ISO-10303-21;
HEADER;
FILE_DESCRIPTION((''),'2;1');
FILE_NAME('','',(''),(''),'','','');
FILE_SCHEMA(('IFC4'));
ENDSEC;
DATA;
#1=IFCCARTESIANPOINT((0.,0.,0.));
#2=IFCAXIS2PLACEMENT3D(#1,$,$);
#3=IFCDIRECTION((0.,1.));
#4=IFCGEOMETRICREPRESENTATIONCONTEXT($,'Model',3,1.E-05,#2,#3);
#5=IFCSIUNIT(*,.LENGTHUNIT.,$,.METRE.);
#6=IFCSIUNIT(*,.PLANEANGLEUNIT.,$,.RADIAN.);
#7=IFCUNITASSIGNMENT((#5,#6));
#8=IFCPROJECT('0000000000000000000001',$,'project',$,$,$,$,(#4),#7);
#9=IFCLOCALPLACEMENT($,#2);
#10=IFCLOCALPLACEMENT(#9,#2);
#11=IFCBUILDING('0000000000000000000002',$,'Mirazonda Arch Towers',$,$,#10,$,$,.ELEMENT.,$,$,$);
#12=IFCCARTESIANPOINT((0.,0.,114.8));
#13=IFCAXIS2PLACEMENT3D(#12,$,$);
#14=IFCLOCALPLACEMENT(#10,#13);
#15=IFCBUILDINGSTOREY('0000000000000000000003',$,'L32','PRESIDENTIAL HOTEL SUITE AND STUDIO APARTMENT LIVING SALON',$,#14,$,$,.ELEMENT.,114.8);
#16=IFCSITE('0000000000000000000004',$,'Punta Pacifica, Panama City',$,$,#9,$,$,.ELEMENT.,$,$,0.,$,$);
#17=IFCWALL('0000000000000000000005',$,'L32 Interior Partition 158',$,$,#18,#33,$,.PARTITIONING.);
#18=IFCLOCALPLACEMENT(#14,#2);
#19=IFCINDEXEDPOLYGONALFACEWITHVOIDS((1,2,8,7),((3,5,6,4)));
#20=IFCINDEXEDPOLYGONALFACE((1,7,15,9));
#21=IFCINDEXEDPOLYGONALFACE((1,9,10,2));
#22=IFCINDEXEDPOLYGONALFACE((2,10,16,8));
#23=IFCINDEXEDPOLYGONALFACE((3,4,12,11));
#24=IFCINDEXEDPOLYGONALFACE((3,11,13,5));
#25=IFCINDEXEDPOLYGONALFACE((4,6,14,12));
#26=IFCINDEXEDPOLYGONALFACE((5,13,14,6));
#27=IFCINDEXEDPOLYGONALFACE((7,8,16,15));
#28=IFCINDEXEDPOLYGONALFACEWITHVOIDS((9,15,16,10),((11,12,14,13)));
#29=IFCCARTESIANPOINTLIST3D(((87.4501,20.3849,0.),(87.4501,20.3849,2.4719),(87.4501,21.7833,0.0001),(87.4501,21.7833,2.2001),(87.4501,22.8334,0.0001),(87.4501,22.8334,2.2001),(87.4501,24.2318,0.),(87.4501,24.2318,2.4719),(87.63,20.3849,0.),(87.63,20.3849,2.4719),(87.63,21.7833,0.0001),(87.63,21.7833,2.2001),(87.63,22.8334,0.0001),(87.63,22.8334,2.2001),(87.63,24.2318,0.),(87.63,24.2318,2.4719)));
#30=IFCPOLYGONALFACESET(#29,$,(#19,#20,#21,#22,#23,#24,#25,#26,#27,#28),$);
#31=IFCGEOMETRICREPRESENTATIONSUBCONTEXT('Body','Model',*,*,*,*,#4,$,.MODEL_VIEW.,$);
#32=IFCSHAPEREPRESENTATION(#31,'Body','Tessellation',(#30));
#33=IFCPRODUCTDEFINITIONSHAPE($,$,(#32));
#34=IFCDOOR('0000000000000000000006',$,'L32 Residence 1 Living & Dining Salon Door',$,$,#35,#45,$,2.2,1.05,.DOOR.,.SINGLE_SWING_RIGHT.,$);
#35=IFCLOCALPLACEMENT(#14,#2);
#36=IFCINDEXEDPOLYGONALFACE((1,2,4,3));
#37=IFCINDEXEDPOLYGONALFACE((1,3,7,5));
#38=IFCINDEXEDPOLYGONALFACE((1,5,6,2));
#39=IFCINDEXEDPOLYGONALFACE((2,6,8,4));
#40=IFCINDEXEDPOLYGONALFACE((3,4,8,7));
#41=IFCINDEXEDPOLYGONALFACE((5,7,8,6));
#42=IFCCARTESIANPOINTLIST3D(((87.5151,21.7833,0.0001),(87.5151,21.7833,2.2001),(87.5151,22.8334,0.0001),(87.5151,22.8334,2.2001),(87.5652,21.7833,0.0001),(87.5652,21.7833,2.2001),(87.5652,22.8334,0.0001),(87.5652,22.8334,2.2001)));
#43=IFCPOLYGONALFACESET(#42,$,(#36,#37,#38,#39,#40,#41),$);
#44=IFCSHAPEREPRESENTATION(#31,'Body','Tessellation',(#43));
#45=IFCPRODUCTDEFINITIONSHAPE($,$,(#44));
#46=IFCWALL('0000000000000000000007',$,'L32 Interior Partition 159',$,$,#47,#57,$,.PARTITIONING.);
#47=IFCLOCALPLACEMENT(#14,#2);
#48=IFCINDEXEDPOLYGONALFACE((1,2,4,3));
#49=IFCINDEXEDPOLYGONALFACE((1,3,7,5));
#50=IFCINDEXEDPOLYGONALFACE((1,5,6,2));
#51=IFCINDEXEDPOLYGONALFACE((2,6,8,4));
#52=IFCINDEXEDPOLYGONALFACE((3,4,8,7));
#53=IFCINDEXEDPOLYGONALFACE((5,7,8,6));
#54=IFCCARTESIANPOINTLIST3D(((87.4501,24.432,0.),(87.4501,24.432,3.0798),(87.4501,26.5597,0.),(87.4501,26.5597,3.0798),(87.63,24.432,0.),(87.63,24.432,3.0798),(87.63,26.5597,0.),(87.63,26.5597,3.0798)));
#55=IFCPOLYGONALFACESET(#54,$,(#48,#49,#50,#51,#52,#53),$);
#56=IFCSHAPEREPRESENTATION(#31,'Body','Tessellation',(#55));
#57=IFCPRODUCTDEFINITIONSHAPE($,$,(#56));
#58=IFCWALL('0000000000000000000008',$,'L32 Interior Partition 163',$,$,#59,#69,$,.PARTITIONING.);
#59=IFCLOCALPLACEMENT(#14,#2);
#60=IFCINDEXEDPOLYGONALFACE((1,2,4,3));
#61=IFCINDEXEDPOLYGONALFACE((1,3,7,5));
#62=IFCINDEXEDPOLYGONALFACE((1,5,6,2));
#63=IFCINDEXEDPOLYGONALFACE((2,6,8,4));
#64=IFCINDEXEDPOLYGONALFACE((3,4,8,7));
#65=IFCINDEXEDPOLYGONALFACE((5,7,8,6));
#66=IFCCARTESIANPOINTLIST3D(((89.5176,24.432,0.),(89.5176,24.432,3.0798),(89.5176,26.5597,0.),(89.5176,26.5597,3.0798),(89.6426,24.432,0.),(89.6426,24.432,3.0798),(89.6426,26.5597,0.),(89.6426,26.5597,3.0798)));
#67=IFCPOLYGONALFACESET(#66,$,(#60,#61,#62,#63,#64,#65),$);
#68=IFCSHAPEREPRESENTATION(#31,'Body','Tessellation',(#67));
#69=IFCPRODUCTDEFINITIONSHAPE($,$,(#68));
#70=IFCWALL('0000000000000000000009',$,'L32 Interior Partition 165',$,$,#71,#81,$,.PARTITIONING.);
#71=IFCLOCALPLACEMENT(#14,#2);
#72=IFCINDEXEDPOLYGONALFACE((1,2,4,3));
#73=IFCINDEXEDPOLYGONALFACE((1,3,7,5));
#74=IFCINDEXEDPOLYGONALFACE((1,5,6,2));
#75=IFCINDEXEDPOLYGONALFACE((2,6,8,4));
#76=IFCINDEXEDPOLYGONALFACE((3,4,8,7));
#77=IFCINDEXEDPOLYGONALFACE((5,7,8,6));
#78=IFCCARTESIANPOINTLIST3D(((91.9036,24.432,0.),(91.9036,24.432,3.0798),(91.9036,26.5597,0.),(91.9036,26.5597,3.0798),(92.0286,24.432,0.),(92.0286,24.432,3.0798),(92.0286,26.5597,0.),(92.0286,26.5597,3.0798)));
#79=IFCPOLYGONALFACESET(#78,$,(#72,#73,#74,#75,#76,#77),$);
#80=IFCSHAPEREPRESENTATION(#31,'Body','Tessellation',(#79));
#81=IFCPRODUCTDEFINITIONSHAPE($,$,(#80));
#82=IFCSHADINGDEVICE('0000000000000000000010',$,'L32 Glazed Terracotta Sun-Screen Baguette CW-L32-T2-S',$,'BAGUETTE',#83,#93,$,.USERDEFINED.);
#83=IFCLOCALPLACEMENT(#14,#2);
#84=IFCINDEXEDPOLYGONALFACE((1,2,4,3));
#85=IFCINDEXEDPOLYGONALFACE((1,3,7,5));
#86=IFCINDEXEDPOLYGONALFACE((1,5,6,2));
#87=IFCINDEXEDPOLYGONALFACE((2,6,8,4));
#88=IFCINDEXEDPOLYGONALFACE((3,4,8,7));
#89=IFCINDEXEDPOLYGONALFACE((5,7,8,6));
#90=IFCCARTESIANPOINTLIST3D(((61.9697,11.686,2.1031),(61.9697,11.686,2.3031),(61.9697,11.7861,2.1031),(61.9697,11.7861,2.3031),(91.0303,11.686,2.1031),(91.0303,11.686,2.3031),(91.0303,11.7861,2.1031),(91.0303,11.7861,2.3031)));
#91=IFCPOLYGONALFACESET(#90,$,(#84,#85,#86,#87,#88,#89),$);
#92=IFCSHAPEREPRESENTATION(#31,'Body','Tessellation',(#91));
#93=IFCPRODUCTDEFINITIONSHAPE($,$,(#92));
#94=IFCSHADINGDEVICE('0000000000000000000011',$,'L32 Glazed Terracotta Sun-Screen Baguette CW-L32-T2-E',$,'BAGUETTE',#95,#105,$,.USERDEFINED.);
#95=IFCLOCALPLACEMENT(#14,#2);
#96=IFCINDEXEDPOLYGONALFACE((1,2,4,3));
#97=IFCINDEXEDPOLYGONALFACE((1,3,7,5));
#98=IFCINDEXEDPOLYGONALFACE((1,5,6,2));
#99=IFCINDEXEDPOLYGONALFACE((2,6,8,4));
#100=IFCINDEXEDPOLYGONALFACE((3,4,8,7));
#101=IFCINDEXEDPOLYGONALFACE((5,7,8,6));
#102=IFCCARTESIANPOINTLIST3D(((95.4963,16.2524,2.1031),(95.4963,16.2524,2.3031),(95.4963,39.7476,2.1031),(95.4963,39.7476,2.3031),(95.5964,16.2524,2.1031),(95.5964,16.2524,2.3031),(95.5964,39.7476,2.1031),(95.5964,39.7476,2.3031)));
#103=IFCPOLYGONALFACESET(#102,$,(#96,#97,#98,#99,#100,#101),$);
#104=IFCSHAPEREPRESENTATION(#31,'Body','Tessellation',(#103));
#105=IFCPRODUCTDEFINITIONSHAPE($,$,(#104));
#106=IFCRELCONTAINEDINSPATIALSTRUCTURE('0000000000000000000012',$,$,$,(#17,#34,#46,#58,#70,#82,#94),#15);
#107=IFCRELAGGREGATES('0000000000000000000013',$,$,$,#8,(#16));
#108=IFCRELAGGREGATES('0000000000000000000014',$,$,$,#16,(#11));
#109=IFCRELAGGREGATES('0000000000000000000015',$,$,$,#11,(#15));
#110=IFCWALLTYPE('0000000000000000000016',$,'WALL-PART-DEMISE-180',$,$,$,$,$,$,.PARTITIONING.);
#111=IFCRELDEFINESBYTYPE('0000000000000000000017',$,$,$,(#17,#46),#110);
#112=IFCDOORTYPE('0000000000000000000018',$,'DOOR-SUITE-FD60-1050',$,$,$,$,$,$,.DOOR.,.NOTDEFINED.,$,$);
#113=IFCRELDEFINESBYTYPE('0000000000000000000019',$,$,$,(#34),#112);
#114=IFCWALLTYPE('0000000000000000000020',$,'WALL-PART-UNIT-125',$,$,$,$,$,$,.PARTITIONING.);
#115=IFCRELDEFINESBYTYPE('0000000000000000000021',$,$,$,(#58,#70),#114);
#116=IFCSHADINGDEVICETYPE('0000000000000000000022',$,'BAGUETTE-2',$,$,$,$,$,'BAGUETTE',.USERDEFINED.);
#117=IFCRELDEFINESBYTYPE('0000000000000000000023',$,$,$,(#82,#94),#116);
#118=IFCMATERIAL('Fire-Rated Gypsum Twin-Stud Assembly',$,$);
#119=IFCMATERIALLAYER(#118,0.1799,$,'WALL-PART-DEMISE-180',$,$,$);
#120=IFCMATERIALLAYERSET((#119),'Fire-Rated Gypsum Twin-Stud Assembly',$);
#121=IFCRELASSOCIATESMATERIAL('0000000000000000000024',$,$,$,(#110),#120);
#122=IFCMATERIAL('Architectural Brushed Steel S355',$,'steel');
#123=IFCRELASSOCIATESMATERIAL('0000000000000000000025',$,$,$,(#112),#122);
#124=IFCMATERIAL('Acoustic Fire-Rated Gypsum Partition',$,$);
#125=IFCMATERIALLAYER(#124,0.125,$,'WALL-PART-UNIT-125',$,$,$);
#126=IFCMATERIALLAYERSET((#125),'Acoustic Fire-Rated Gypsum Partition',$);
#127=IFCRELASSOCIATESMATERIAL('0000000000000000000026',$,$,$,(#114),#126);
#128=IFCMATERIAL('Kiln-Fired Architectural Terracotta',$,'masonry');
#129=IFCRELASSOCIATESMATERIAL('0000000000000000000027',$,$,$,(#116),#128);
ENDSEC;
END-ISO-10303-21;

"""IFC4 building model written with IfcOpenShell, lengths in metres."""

from ifc_helpers import new_model, si_unit, direction, frame, frame_2d, origin, origin_2d, place, context, subcontext, project, spatial, rectangle, extrude, material, layer, layer_set, material_profile, profile_set, type_object, element, fill, save


model = new_model("IFC4")

# Units and contexts
model_context = context("Model", 3, precision=1e-05, world=origin(), true_north=direction((0.0, 1.0)))
body_context = subcontext(model_context, "Body", "Model", "MODEL_VIEW")
ifc_project = project(units=[si_unit("LENGTHUNIT", "METRE"), si_unit("PLANEANGLEUNIT", "RADIAN")], contexts=[model_context])

# Site, building, storey
site_placement = place(None, origin())
site = spatial("IfcSite", under=ifc_project, at=site_placement, Name="Punta Pacifica, Panama City", CompositionType="ELEMENT", RefElevation=0.0)
building_placement = place(site_placement, origin())
building = spatial("IfcBuilding", under=site, at=building_placement, Name="Mirazonda Arch Towers", CompositionType="ELEMENT")
storey_placement = place(building_placement, frame((0.0, 0.0, 114.8)))
storey = spatial("IfcBuildingStorey", under=building, at=storey_placement, Name="L32", Description="PRESIDENTIAL HOTEL SUITE AND STUDIO APARTMENT LIVING SALON", CompositionType="ELEMENT", Elevation=114.8)

# Shared definitions
ifc_material_1 = material(Name="Fire-Rated Gypsum Twin-Stud Assembly")
ifc_layer_1 = layer(ifc_material_1, 0.1799, Name="WALL-PART-DEMISE-180")
ifc_layer_set_1 = layer_set([ifc_layer_1], Name="Fire-Rated Gypsum Twin-Stud Assembly")
wall_type_1 = type_object("IfcWallType", Name="WALL-PART-DEMISE-180", PredefinedType="PARTITIONING", material=ifc_layer_set_1)

# Shared definitions
ifc_material_2 = material(Name="Architectural Brushed Steel S355", Category="steel")

# Wall, opening, door
wall_1_placement = place(storey_placement, frame((87.54, 20.385, 0.0), z_axis=(0.0, 0.0, 1.0), x_axis=(0.0, 1.0, 0.0)))
wall_1 = element("IfcWall", 1, at=wall_1_placement, inside=storey, type_object=wall_type_1, Name="L32 Interior Partition 158", PredefinedType="PARTITIONING", context=body_context, shape_type="SweptSolid", body=[
    extrude(rectangle(XDim=3.8469, YDim=0.1799, at=frame_2d((1.9233, 0.0))), origin(), (0.0, 0.0, 1.0), 2.4719),
])
opening_1_placement = place(wall_1_placement, frame((1.3984, 0.0, 0.0)))
opening_1 = element("IfcOpeningElement", 2, at=opening_1_placement, cuts=wall_1, PredefinedType="OPENING", context=body_context, shape_type="SweptSolid", body=[
    extrude(rectangle(XDim=1.05, YDim=2.2, at=frame_2d((0.5249, 1.1001))), frame((0.0, 0.0999, 0.0), z_axis=(0.0, -1.0, 0.0), x_axis=(1.0, 0.0, 0.0)), (0.0, 0.0, 1.0), 0.2),
])
door_type_1 = type_object("IfcDoorType", Name="DOOR-SUITE-FD60-1050", OperationType="NOTDEFINED", PredefinedType="DOOR", material=ifc_material_2)
door_1_placement = place(opening_1_placement, origin())
door_1 = element("IfcDoor", 3, at=door_1_placement, inside=storey, type_object=door_type_1, Name="L32 Residence 1 Living & Dining Salon Door", OperationType="SINGLE_SWING_RIGHT", OverallHeight=2.2, OverallWidth=1.05, PredefinedType="DOOR", context=body_context, shape_type="SweptSolid", body=[
    extrude(rectangle(XDim=1.05, YDim=2.2, at=frame_2d((0.5249, 1.1001))), frame((0.0, 0.0249, 0.0), z_axis=(0.0, -1.0, 0.0), x_axis=(1.0, 0.0, 0.0)), (0.0, 0.0, 1.0), 0.05),
])
fill(opening_1, door_1)

# Walls
wall_2_placement = place(storey_placement, frame((87.54, 24.4319, 0.0), z_axis=(0.0, 0.0, 1.0), x_axis=(0.0, 1.0, 0.0)))
element("IfcWall", 4, at=wall_2_placement, inside=storey, type_object=wall_type_1, Name="L32 Interior Partition 159", PredefinedType="PARTITIONING", context=body_context, shape_type="SweptSolid", body=[
    extrude(rectangle(XDim=2.1277, YDim=0.1799, at=frame_2d((1.064, 0.0))), origin(), (0.0, 0.0, 1.0), 3.0798),
])
ifc_material_3 = material(Name="Acoustic Fire-Rated Gypsum Partition")
ifc_layer_2 = layer(ifc_material_3, 0.125, Name="WALL-PART-UNIT-125")
ifc_layer_set_2 = layer_set([ifc_layer_2], Name="Acoustic Fire-Rated Gypsum Partition")
wall_type_2 = type_object("IfcWallType", Name="WALL-PART-UNIT-125", PredefinedType="PARTITIONING", material=ifc_layer_set_2)
for number, where, z_axis, x_axis, name in (
    (5, (89.5801, 24.4319, 0.0), (0.0, 0.0, 1.0), (0.0, 1.0, 0.0), "L32 Interior Partition 163"),
    (6, (91.9661, 24.4319, 0.0), (0.0, 0.0, 1.0), (0.0, 1.0, 0.0), "L32 Interior Partition 165"),
):
    element("IfcWall", number, at=place(storey_placement, frame(where, z_axis=z_axis, x_axis=x_axis)), inside=storey, type_object=wall_type_2, Name=name, PredefinedType="PARTITIONING", context=body_context, shape_type="SweptSolid", body=[
        extrude(rectangle(XDim=2.1277, YDim=0.125, at=frame_2d((1.064, 0.0))), origin(), (0.0, 0.0, 1.0), 3.0798),
    ])

# Shading devices
ifc_material_4 = material(Name="Kiln-Fired Architectural Terracotta", Category="masonry")
ifc_material_profile_1 = material_profile(ifc_material_4, rectangle(XDim=0.1001, YDim=0.2, at=origin_2d()), Name="TERRA-BAG-100x200")
ifc_profile_set_1 = profile_set([ifc_material_profile_1], Name="Kiln-Fired Architectural Terracotta")
shading_device_type = type_object("IfcShadingDeviceType", Name="BAGUETTE-2", ElementType="BAGUETTE", PredefinedType="USERDEFINED", material=ifc_profile_set_1)
shading_device_1_placement = place(storey_placement, frame((91.0303, 11.7361, 2.2031), z_axis=(-1.0, 0.0, 0.0), x_axis=(0.0, -1.0, 0.0)))
element("IfcShadingDevice", 7, at=shading_device_1_placement, inside=storey, type_object=shading_device_type, Name="L32 Glazed Terracotta Sun-Screen Baguette CW-L32-T2-S", ObjectType="BAGUETTE", PredefinedType="USERDEFINED", context=body_context, shape_type="SweptSolid", body=[
    extrude(rectangle(XDim=0.1001, YDim=0.2, at=origin_2d()), origin(), (0.0, 0.0, 1.0), 29.0605),
])
shading_device_2_placement = place(storey_placement, frame((95.5464, 16.2524, 2.2031), z_axis=(0.0, 1.0, 0.0), x_axis=(-1.0, 0.0, 0.0)))
element("IfcShadingDevice", 8, at=shading_device_2_placement, inside=storey, type_object=shading_device_type, Name="L32 Glazed Terracotta Sun-Screen Baguette CW-L32-T2-E", ObjectType="BAGUETTE", PredefinedType="USERDEFINED", context=body_context, shape_type="SweptSolid", body=[
    extrude(rectangle(XDim=0.1001, YDim=0.2, at=origin_2d()), origin(), (0.0, 0.0, 1.0), 23.4951),
])

save(model, "model.ifc")
